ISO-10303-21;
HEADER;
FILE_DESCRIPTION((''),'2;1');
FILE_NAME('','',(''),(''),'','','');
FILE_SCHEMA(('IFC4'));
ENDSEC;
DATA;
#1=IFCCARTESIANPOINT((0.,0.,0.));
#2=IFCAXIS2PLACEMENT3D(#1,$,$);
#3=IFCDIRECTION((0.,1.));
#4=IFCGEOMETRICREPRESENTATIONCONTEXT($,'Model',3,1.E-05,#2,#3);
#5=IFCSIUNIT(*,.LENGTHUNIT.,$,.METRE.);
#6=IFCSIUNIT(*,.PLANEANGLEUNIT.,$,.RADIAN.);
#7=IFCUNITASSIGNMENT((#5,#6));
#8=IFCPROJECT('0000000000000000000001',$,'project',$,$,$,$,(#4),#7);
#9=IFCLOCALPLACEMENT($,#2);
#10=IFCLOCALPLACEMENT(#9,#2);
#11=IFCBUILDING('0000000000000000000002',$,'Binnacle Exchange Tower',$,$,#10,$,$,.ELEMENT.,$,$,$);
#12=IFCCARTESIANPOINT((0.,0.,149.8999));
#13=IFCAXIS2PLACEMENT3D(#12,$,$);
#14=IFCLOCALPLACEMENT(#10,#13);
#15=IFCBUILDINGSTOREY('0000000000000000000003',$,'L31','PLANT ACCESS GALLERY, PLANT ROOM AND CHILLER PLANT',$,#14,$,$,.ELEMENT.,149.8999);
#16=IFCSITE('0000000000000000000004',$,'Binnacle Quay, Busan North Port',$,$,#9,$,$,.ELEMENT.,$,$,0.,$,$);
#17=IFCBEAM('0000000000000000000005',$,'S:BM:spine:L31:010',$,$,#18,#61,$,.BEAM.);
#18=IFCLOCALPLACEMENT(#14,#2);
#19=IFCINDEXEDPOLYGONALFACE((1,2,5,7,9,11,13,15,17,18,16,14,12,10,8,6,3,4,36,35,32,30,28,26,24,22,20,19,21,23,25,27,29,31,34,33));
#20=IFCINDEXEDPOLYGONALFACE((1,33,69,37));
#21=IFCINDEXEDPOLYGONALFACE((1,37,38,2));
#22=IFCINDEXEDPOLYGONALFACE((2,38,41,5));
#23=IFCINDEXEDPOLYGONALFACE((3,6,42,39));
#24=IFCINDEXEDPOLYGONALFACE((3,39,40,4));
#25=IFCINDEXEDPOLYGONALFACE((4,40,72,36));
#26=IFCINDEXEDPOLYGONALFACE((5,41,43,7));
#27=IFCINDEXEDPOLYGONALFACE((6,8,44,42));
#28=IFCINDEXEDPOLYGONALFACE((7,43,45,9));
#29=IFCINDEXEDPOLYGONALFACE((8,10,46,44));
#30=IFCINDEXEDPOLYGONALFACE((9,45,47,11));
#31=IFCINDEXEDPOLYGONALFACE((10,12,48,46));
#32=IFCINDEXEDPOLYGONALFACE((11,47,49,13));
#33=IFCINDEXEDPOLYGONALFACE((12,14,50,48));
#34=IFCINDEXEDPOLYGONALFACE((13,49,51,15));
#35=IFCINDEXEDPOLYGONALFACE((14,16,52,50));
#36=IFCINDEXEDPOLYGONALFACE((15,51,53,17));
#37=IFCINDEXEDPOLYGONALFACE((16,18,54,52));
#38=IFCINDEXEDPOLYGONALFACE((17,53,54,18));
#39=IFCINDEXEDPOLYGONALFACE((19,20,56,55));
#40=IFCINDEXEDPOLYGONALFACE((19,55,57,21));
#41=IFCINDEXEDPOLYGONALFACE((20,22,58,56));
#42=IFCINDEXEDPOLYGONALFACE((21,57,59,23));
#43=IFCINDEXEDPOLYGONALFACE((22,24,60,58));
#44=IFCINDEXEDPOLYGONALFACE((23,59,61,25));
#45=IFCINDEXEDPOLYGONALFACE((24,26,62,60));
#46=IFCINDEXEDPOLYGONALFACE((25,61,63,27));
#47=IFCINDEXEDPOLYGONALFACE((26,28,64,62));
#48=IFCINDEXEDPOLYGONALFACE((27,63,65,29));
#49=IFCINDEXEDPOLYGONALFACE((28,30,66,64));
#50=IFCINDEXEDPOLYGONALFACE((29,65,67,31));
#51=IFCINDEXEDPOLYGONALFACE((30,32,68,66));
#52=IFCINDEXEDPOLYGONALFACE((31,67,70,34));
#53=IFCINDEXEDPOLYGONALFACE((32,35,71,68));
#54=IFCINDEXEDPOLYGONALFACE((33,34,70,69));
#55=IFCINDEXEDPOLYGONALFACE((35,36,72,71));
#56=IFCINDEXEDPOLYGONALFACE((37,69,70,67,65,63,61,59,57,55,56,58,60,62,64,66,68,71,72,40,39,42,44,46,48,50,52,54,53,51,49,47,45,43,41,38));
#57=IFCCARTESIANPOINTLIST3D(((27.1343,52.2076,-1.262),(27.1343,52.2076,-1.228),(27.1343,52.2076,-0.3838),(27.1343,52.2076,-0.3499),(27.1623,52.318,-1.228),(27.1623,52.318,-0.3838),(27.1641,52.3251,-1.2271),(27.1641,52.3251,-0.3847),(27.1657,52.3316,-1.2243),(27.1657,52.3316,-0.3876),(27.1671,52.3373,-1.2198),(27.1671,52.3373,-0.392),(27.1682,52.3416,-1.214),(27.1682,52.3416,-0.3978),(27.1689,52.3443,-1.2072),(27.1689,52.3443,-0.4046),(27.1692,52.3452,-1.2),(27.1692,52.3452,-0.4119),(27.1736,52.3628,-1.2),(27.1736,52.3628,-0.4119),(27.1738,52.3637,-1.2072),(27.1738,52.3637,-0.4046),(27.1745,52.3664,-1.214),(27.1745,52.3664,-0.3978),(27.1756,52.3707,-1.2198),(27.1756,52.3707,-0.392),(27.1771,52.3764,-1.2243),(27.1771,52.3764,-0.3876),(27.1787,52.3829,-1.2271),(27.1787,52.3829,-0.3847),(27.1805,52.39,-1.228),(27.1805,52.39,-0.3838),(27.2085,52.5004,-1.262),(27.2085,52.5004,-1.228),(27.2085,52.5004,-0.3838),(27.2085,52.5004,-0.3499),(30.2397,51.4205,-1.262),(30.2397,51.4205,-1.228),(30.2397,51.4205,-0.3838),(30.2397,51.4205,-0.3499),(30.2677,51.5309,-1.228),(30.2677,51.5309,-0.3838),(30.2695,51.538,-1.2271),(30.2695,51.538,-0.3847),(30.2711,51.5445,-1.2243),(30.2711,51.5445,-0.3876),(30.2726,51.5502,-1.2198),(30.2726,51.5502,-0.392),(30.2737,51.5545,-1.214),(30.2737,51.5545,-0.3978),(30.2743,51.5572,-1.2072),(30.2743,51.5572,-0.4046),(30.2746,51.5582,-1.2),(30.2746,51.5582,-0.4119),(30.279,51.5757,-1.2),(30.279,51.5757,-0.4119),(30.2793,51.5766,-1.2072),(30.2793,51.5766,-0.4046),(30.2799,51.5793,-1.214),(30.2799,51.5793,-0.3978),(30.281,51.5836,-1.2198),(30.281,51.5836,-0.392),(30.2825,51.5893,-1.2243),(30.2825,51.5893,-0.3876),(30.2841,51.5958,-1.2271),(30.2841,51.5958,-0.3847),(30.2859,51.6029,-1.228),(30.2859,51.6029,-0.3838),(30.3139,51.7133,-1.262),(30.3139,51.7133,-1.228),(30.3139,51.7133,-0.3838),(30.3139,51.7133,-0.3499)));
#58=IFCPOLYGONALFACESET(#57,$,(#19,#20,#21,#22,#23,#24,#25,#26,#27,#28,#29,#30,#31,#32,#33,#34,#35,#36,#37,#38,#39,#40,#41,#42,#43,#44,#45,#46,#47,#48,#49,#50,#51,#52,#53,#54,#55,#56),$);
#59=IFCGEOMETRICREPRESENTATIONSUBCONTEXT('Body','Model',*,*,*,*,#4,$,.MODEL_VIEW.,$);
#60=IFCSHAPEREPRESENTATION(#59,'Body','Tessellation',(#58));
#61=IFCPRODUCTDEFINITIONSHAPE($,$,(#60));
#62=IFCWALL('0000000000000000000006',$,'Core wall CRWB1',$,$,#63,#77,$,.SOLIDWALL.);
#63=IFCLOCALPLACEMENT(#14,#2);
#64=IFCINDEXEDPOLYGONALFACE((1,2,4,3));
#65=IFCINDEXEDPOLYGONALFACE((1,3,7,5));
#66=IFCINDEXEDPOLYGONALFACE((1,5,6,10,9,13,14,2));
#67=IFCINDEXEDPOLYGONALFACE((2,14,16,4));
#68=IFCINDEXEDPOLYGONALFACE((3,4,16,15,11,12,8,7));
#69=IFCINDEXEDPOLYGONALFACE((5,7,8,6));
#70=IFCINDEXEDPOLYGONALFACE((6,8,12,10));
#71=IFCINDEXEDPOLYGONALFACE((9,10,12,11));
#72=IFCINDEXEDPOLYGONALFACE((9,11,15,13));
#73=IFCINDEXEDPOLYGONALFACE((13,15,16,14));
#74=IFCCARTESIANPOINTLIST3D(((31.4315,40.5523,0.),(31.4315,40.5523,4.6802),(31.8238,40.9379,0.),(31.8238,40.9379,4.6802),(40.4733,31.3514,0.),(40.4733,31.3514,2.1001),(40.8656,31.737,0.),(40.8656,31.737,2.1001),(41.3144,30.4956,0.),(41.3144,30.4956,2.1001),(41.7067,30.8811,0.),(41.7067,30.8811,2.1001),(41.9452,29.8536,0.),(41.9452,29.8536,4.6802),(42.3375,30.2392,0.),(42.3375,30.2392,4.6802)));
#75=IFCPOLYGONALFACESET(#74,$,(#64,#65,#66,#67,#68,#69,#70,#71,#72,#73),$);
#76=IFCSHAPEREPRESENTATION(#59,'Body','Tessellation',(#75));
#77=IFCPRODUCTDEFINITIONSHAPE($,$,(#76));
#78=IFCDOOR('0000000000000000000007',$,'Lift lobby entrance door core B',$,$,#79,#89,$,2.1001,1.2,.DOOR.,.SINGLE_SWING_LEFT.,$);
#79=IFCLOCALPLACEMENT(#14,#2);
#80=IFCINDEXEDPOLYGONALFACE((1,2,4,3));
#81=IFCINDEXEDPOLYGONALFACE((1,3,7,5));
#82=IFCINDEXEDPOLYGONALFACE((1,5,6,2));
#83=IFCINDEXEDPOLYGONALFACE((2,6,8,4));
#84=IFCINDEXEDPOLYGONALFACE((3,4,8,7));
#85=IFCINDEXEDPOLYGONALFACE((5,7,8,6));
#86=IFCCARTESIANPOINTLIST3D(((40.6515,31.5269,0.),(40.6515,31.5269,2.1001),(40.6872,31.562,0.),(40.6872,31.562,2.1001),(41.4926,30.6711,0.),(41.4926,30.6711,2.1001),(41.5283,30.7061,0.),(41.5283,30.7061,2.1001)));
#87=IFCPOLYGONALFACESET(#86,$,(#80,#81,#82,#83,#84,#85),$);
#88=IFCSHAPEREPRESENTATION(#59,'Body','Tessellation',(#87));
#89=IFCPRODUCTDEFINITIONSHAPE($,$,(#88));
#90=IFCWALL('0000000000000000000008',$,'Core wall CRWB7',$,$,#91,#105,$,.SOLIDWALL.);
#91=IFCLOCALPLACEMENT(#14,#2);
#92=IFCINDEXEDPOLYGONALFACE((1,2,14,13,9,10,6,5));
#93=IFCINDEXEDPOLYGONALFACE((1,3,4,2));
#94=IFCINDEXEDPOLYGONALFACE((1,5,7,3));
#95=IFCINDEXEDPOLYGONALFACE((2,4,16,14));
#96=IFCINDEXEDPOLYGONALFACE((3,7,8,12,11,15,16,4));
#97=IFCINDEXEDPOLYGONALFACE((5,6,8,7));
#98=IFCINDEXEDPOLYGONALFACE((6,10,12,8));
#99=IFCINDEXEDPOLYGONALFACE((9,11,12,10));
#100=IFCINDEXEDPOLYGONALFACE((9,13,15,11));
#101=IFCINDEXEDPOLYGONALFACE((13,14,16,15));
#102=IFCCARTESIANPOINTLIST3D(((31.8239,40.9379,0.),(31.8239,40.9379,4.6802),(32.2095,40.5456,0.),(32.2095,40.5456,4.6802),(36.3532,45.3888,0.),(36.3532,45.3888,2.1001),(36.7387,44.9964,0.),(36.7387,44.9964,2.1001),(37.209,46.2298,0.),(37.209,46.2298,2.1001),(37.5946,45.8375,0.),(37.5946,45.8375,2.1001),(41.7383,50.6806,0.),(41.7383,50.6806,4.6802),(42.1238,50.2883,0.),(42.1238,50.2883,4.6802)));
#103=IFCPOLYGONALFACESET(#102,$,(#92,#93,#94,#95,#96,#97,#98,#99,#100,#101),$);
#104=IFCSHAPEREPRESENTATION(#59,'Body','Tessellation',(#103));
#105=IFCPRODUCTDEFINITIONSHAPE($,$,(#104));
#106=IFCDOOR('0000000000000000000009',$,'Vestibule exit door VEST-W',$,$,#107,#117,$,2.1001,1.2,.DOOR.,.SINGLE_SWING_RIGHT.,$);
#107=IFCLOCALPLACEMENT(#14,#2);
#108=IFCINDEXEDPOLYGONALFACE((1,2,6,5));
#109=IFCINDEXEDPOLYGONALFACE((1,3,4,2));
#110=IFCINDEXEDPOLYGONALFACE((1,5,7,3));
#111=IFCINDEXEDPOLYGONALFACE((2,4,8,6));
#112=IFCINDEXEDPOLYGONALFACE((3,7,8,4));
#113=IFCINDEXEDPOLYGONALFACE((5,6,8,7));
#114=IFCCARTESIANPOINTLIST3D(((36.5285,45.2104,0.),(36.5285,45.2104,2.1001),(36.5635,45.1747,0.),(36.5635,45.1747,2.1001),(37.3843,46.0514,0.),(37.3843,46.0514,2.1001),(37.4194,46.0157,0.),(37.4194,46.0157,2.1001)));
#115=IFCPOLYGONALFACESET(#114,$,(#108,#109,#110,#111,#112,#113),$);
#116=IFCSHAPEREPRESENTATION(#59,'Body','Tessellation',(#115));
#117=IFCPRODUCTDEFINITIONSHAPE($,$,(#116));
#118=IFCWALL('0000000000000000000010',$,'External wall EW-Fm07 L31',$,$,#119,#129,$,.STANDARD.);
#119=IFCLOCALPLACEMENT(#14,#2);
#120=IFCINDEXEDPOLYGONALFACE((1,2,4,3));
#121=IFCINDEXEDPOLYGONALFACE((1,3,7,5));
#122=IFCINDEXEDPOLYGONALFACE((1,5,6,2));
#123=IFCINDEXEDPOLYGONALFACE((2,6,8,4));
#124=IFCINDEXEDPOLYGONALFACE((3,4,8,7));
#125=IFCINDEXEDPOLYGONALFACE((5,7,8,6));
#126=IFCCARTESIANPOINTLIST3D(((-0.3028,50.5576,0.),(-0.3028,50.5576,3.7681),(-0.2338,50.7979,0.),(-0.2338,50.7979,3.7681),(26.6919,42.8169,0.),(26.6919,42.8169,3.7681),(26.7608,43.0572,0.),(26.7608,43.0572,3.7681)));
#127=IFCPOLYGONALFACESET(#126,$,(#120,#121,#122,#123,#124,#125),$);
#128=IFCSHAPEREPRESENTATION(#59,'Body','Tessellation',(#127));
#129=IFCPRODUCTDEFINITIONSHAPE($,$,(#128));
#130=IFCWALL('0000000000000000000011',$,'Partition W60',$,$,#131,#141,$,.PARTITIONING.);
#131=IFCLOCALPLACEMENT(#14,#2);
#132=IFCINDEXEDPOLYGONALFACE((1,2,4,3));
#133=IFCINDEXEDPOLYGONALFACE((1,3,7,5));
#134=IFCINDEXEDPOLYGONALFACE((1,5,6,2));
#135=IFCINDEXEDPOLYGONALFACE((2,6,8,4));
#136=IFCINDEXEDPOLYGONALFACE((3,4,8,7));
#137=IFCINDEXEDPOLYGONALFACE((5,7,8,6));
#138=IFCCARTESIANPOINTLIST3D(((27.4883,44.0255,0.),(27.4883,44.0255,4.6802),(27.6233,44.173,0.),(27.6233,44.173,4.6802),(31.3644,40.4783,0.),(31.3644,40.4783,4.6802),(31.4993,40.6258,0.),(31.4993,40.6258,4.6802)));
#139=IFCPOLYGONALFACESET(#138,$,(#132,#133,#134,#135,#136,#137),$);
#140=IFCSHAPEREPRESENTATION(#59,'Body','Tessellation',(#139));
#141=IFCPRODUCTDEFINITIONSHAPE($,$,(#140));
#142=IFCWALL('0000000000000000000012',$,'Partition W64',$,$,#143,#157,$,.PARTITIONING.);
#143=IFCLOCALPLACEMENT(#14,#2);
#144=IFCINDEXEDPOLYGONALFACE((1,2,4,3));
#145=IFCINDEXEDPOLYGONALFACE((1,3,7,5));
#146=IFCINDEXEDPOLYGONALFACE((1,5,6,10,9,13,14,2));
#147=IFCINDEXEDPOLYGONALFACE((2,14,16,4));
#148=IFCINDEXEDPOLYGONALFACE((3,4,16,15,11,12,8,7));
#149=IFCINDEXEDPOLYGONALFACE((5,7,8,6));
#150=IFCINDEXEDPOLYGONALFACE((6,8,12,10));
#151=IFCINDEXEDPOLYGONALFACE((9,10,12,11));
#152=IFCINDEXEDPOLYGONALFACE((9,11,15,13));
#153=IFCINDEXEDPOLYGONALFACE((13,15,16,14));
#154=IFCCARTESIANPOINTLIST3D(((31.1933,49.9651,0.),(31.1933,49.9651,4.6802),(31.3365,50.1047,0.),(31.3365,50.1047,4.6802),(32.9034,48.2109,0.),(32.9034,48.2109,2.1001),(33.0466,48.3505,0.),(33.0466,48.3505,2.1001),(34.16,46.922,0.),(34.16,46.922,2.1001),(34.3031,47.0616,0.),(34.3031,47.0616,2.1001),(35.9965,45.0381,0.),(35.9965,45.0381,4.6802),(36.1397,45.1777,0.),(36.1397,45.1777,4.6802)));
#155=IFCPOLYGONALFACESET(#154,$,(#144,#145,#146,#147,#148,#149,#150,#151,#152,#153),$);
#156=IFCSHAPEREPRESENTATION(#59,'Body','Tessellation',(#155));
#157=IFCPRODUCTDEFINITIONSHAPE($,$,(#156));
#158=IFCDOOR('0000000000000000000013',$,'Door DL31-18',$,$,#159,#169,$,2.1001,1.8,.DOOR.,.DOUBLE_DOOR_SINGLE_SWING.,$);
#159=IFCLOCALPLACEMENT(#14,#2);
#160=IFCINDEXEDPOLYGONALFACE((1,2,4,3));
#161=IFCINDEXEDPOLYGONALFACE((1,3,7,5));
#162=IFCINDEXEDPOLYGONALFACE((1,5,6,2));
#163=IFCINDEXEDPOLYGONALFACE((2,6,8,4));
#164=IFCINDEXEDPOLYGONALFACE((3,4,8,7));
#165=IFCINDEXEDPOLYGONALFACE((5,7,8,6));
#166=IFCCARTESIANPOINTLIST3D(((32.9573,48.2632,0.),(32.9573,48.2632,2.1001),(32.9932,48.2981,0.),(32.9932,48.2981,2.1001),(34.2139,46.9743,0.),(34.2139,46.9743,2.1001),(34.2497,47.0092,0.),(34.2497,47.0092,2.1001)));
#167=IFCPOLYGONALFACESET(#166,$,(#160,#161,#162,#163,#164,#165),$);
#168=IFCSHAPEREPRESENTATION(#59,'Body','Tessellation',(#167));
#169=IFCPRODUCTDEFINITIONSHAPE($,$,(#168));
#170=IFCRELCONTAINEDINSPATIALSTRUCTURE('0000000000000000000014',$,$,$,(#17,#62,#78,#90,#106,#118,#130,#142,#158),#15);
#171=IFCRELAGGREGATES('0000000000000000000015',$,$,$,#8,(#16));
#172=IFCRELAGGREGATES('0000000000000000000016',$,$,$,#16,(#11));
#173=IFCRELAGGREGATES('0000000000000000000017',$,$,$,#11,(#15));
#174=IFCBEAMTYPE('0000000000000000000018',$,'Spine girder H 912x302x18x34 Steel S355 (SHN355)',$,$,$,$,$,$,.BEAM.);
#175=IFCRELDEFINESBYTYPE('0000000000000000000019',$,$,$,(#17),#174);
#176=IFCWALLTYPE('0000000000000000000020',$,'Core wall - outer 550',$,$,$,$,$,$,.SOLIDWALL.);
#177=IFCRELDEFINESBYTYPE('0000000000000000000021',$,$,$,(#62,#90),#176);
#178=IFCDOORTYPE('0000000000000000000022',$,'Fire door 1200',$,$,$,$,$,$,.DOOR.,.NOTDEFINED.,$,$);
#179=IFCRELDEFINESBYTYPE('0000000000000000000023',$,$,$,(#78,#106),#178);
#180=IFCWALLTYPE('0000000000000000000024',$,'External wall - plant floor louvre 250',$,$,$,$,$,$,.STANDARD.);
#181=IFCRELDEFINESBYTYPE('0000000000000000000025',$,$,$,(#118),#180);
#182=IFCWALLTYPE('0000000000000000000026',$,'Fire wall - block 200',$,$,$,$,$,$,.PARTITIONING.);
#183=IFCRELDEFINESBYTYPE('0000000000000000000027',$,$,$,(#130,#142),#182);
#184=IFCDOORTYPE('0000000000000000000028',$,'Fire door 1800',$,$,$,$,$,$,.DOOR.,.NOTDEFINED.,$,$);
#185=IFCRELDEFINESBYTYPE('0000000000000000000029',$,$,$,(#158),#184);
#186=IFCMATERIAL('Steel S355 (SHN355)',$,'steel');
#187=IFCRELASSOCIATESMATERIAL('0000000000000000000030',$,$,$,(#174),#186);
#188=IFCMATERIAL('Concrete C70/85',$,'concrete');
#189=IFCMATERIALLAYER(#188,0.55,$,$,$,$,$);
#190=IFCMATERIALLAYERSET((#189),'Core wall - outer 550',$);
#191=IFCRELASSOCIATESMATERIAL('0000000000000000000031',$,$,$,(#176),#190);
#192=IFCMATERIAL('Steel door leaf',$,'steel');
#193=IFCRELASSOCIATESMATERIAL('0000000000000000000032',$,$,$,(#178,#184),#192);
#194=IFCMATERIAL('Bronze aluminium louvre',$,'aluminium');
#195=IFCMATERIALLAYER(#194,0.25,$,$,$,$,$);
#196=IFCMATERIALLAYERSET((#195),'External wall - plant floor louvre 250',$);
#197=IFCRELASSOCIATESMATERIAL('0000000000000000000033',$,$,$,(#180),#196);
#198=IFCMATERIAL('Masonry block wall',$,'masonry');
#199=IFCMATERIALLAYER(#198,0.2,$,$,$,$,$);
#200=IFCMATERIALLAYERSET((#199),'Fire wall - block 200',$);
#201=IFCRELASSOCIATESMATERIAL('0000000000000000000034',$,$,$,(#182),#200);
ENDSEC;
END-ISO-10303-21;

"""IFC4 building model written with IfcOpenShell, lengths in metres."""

from ifc_helpers import new_model, si_unit, direction, frame, frame_2d, origin, origin_2d, place, context, subcontext, project, spatial, rectangle, i_section, extrude, material, layer, layer_set, material_profile, profile_set, type_object, element, fill, save


model = new_model("IFC4")

# Units and contexts
model_context = context("Model", 3, precision=1e-05, world=origin(), true_north=direction((0.0, 1.0)))
body_context = subcontext(model_context, "Body", "Model", "MODEL_VIEW")
ifc_project = project(units=[si_unit("LENGTHUNIT", "METRE"), si_unit("PLANEANGLEUNIT", "RADIAN")], contexts=[model_context])

# Site, building, storey
site_placement = place(None, origin())
site = spatial("IfcSite", under=ifc_project, at=site_placement, Name="Binnacle Quay, Busan North Port", CompositionType="ELEMENT", RefElevation=0.0)
building_placement = place(site_placement, origin())
building = spatial("IfcBuilding", under=site, at=building_placement, Name="Binnacle Exchange Tower", CompositionType="ELEMENT")
storey_placement = place(building_placement, frame((0.0, 0.0, 149.8999)))
storey = spatial("IfcBuildingStorey", under=building, at=storey_placement, Name="L31", Description="PLANT ACCESS GALLERY, PLANT ROOM AND CHILLER PLANT", CompositionType="ELEMENT", Elevation=149.8999)

# Shared definitions
ifc_material_1 = material(Name="Concrete C70/85", Category="concrete")

# Beam
ifc_material_2 = material(Name="Steel S355 (SHN355)", Category="steel")
ifc_material_profile_1 = material_profile(ifc_material_2, i_section(OverallWidth=0.302, OverallDepth=0.9121, WebThickness=0.0181, FlangeThickness=0.0339, FilletRadius=0.0281, at=origin_2d()), Name="H 912x302x18x34")
ifc_profile_set_1 = profile_set([ifc_material_profile_1], Name="Steel S355 (SHN355)")
beam_type_1 = type_object("IfcBeamType", Name="Spine girder H 912x302x18x34 Steel S355 (SHN355)", PredefinedType="BEAM", material=ifc_profile_set_1)
beam_1_placement = place(storey_placement, frame((27.1714, 52.354, -0.8059), z_axis=(0.969348, -0.24569, 0.0), x_axis=(0.24569, 0.969348, 0.0)))
element("IfcBeam", 1, at=beam_1_placement, inside=storey, type_object=beam_type_1, Name="S:BM:spine:L31:010", PredefinedType="BEAM", context=body_context, shape_type="SweptSolid", body=[
    extrude(i_section(OverallWidth=0.302, OverallDepth=0.9121, WebThickness=0.0181, FlangeThickness=0.0339, FilletRadius=0.0281, at=origin_2d()), origin(), (0.0, 0.0, 1.0), 3.2036),
])

# Walls, openings, doors
ifc_layer_1 = layer(ifc_material_1, 0.55)
ifc_layer_set_1 = layer_set([ifc_layer_1], Name="Core wall - outer 550")
wall_type_1 = type_object("IfcWallType", Name="Core wall - outer 550", PredefinedType="SOLIDWALL", material=ifc_layer_set_1)
wall_1_placement = place(storey_placement, frame((31.6277, 40.7451, 0.0), z_axis=(0.0, 0.0, 1.0), x_axis=(0.700911, -0.713248, 0.0)))
wall_1 = element("IfcWall", 2, at=wall_1_placement, inside=storey, type_object=wall_type_1, Name="Core wall CRWB1", PredefinedType="SOLIDWALL", context=body_context, shape_type="SweptSolid", body=[
    extrude(rectangle(XDim=15.0, YDim=0.55, at=frame_2d((7.5, 0.0))), origin(), (0.0, 0.0, 1.0), 4.6802),
])
opening_1_placement = place(wall_1_placement, frame((12.8999, 0.0, 0.0)))
opening_1 = element("IfcOpeningElement", 3, at=opening_1_placement, cuts=wall_1, PredefinedType="OPENING", context=body_context, shape_type="SweptSolid", body=[
    extrude(rectangle(XDim=1.2, YDim=2.1001, at=frame_2d((0.6001, 1.05))), frame((0.0, 0.2849, 0.0), z_axis=(0.0, -1.0, 0.0), x_axis=(1.0, 0.0, 0.0)), (0.0, 0.0, 1.0), 0.5701),
])
ifc_material_3 = material(Name="Steel door leaf", Category="steel")
door_type_1 = type_object("IfcDoorType", Name="Fire door 1200", OperationType="NOTDEFINED", PredefinedType="DOOR", material=ifc_material_3)
door_1_placement = place(opening_1_placement, frame((1.2, 0.0, 0.0), z_axis=(0.0, 0.0, 1.0), x_axis=(-1.0, 0.0, 0.0)))
door_1 = element("IfcDoor", 4, at=door_1_placement, inside=storey, type_object=door_type_1, Name="Lift lobby entrance door core B", OperationType="SINGLE_SWING_LEFT", OverallHeight=2.1001, OverallWidth=1.2, PredefinedType="DOOR", context=body_context, shape_type="SweptSolid", body=[
    extrude(rectangle(XDim=1.2, YDim=2.1001, at=frame_2d((0.6001, 1.05))), frame((0.0, 0.0249, 0.0), z_axis=(0.0, -1.0, 0.0), x_axis=(1.0, 0.0, 0.0)), (0.0, 0.0, 1.0), 0.05),
])
fill(opening_1, door_1)
wall_2_placement = place(storey_placement, frame((32.0166, 40.7417, 0.0), z_axis=(0.0, 0.0, 1.0), x_axis=(0.713254, 0.700906, 0.0)))
wall_2 = element("IfcWall", 5, at=wall_2_placement, inside=storey, type_object=wall_type_1, Name="Core wall CRWB7", PredefinedType="SOLIDWALL", context=body_context, shape_type="SweptSolid", body=[
    extrude(rectangle(XDim=13.9001, YDim=0.55, at=frame_2d((6.9502, 0.0))), origin(), (0.0, 0.0, 1.0), 4.6802),
])
opening_2_placement = place(wall_2_placement, frame((6.3501, 0.0, 0.0)))
opening_2 = element("IfcOpeningElement", 6, at=opening_2_placement, cuts=wall_2, PredefinedType="OPENING", context=body_context, shape_type="SweptSolid", body=[
    extrude(rectangle(XDim=1.2, YDim=2.1001, at=frame_2d((0.6001, 1.05))), frame((0.0, 0.2849, 0.0), z_axis=(0.0, -1.0, 0.0), x_axis=(1.0, 0.0, 0.0)), (0.0, 0.0, 1.0), 0.5701),
])
door_2_placement = place(opening_2_placement, origin())
door_2 = element("IfcDoor", 7, at=door_2_placement, inside=storey, type_object=door_type_1, Name="Vestibule exit door VEST-W", OperationType="SINGLE_SWING_RIGHT", OverallHeight=2.1001, OverallWidth=1.2, PredefinedType="DOOR", context=body_context, shape_type="SweptSolid", body=[
    extrude(rectangle(XDim=1.2, YDim=2.1001, at=frame_2d((0.6001, 1.05))), frame((0.0, 0.0249, 0.0), z_axis=(0.0, -1.0, 0.0), x_axis=(1.0, 0.0, 0.0)), (0.0, 0.0, 1.0), 0.05),
])
fill(opening_2, door_2)

# Walls
ifc_material_4 = material(Name="Bronze aluminium louvre", Category="aluminium")
ifc_layer_2 = layer(ifc_material_4, 0.25)
ifc_layer_set_2 = layer_set([ifc_layer_2], Name="External wall - plant floor louvre 250")
wall_type_2 = type_object("IfcWallType", Name="External wall - plant floor louvre 250", PredefinedType="STANDARD", material=ifc_layer_set_2)
wall_3_placement = place(storey_placement, frame((26.7263, 42.937, 0.0), z_axis=(0.0, 0.0, 1.0), x_axis=(-0.96126, 0.275642, 0.0)))
element("IfcWall", 8, at=wall_3_placement, inside=storey, type_object=wall_type_2, Name="External wall EW-Fm07 L31", PredefinedType="STANDARD", context=body_context, shape_type="SweptSolid", body=[
    extrude(rectangle(XDim=28.0825, YDim=0.25, at=frame_2d((14.0413, 0.0))), origin(), (0.0, 0.0, 1.0), 3.7681),
])
ifc_material_5 = material(Name="Masonry block wall", Category="masonry")
ifc_layer_3 = layer(ifc_material_5, 0.2)
ifc_layer_set_3 = layer_set([ifc_layer_3], Name="Fire wall - block 200")
wall_type_3 = type_object("IfcWallType", Name="Fire wall - block 200", PredefinedType="PARTITIONING", material=ifc_layer_set_3)
wall_4_placement = place(storey_placement, frame((27.5559, 44.0991, 0.0), z_axis=(0.0, 0.0, 1.0), x_axis=(0.737709, -0.675118, 0.0)))
element("IfcWall", 9, at=wall_4_placement, inside=storey, type_object=wall_type_3, Name="Partition W60", PredefinedType="PARTITIONING", context=body_context, shape_type="SweptSolid", body=[
    extrude(rectangle(XDim=5.2542, YDim=0.2, at=frame_2d((2.627, 0.0))), origin(), (0.0, 0.0, 1.0), 4.6802),
])

# Wall, opening, door
wall_5_placement = place(storey_placement, frame((31.2649, 50.0349, 0.0), z_axis=(0.0, 0.0, 1.0), x_axis=(0.698055, -0.716044, 0.0)))
wall_5 = element("IfcWall", 10, at=wall_5_placement, inside=storey, type_object=wall_type_3, Name="Partition W64", PredefinedType="PARTITIONING", context=body_context, shape_type="SweptSolid", body=[
    extrude(rectangle(XDim=6.8809, YDim=0.2, at=frame_2d((3.4404, 0.0))), origin(), (0.0, 0.0, 1.0), 4.6802),
])
opening_3_placement = place(wall_5_placement, frame((2.45, 0.0, 0.0)))
opening_3 = element("IfcOpeningElement", 11, at=opening_3_placement, cuts=wall_5, PredefinedType="OPENING", context=body_context, shape_type="SweptSolid", body=[
    extrude(rectangle(XDim=1.8, YDim=2.1001, at=frame_2d((0.8999, 1.05))), frame((0.0, 0.1099, 0.0), z_axis=(0.0, -1.0, 0.0), x_axis=(1.0, 0.0, 0.0)), (0.0, 0.0, 1.0), 0.22),
])
door_type_2 = type_object("IfcDoorType", Name="Fire door 1800", OperationType="NOTDEFINED", PredefinedType="DOOR", material=ifc_material_3)
door_3_placement = place(opening_3_placement, frame((1.8, 0.0, 0.0), z_axis=(0.0, 0.0, 1.0), x_axis=(-1.0, 0.0, 0.0)))
door_3 = element("IfcDoor", 12, at=door_3_placement, inside=storey, type_object=door_type_2, Name="Door DL31-18", OperationType="DOUBLE_DOOR_SINGLE_SWING", OverallHeight=2.1001, OverallWidth=1.8, PredefinedType="DOOR", context=body_context, shape_type="SweptSolid", body=[
    extrude(rectangle(XDim=1.8, YDim=2.1001, at=frame_2d((0.8999, 1.05))), frame((0.0, 0.0249, 0.0), z_axis=(0.0, -1.0, 0.0), x_axis=(1.0, 0.0, 0.0)), (0.0, 0.0, 1.0), 0.05),
])
fill(opening_3, door_3)

save(model, "model.ifc")
